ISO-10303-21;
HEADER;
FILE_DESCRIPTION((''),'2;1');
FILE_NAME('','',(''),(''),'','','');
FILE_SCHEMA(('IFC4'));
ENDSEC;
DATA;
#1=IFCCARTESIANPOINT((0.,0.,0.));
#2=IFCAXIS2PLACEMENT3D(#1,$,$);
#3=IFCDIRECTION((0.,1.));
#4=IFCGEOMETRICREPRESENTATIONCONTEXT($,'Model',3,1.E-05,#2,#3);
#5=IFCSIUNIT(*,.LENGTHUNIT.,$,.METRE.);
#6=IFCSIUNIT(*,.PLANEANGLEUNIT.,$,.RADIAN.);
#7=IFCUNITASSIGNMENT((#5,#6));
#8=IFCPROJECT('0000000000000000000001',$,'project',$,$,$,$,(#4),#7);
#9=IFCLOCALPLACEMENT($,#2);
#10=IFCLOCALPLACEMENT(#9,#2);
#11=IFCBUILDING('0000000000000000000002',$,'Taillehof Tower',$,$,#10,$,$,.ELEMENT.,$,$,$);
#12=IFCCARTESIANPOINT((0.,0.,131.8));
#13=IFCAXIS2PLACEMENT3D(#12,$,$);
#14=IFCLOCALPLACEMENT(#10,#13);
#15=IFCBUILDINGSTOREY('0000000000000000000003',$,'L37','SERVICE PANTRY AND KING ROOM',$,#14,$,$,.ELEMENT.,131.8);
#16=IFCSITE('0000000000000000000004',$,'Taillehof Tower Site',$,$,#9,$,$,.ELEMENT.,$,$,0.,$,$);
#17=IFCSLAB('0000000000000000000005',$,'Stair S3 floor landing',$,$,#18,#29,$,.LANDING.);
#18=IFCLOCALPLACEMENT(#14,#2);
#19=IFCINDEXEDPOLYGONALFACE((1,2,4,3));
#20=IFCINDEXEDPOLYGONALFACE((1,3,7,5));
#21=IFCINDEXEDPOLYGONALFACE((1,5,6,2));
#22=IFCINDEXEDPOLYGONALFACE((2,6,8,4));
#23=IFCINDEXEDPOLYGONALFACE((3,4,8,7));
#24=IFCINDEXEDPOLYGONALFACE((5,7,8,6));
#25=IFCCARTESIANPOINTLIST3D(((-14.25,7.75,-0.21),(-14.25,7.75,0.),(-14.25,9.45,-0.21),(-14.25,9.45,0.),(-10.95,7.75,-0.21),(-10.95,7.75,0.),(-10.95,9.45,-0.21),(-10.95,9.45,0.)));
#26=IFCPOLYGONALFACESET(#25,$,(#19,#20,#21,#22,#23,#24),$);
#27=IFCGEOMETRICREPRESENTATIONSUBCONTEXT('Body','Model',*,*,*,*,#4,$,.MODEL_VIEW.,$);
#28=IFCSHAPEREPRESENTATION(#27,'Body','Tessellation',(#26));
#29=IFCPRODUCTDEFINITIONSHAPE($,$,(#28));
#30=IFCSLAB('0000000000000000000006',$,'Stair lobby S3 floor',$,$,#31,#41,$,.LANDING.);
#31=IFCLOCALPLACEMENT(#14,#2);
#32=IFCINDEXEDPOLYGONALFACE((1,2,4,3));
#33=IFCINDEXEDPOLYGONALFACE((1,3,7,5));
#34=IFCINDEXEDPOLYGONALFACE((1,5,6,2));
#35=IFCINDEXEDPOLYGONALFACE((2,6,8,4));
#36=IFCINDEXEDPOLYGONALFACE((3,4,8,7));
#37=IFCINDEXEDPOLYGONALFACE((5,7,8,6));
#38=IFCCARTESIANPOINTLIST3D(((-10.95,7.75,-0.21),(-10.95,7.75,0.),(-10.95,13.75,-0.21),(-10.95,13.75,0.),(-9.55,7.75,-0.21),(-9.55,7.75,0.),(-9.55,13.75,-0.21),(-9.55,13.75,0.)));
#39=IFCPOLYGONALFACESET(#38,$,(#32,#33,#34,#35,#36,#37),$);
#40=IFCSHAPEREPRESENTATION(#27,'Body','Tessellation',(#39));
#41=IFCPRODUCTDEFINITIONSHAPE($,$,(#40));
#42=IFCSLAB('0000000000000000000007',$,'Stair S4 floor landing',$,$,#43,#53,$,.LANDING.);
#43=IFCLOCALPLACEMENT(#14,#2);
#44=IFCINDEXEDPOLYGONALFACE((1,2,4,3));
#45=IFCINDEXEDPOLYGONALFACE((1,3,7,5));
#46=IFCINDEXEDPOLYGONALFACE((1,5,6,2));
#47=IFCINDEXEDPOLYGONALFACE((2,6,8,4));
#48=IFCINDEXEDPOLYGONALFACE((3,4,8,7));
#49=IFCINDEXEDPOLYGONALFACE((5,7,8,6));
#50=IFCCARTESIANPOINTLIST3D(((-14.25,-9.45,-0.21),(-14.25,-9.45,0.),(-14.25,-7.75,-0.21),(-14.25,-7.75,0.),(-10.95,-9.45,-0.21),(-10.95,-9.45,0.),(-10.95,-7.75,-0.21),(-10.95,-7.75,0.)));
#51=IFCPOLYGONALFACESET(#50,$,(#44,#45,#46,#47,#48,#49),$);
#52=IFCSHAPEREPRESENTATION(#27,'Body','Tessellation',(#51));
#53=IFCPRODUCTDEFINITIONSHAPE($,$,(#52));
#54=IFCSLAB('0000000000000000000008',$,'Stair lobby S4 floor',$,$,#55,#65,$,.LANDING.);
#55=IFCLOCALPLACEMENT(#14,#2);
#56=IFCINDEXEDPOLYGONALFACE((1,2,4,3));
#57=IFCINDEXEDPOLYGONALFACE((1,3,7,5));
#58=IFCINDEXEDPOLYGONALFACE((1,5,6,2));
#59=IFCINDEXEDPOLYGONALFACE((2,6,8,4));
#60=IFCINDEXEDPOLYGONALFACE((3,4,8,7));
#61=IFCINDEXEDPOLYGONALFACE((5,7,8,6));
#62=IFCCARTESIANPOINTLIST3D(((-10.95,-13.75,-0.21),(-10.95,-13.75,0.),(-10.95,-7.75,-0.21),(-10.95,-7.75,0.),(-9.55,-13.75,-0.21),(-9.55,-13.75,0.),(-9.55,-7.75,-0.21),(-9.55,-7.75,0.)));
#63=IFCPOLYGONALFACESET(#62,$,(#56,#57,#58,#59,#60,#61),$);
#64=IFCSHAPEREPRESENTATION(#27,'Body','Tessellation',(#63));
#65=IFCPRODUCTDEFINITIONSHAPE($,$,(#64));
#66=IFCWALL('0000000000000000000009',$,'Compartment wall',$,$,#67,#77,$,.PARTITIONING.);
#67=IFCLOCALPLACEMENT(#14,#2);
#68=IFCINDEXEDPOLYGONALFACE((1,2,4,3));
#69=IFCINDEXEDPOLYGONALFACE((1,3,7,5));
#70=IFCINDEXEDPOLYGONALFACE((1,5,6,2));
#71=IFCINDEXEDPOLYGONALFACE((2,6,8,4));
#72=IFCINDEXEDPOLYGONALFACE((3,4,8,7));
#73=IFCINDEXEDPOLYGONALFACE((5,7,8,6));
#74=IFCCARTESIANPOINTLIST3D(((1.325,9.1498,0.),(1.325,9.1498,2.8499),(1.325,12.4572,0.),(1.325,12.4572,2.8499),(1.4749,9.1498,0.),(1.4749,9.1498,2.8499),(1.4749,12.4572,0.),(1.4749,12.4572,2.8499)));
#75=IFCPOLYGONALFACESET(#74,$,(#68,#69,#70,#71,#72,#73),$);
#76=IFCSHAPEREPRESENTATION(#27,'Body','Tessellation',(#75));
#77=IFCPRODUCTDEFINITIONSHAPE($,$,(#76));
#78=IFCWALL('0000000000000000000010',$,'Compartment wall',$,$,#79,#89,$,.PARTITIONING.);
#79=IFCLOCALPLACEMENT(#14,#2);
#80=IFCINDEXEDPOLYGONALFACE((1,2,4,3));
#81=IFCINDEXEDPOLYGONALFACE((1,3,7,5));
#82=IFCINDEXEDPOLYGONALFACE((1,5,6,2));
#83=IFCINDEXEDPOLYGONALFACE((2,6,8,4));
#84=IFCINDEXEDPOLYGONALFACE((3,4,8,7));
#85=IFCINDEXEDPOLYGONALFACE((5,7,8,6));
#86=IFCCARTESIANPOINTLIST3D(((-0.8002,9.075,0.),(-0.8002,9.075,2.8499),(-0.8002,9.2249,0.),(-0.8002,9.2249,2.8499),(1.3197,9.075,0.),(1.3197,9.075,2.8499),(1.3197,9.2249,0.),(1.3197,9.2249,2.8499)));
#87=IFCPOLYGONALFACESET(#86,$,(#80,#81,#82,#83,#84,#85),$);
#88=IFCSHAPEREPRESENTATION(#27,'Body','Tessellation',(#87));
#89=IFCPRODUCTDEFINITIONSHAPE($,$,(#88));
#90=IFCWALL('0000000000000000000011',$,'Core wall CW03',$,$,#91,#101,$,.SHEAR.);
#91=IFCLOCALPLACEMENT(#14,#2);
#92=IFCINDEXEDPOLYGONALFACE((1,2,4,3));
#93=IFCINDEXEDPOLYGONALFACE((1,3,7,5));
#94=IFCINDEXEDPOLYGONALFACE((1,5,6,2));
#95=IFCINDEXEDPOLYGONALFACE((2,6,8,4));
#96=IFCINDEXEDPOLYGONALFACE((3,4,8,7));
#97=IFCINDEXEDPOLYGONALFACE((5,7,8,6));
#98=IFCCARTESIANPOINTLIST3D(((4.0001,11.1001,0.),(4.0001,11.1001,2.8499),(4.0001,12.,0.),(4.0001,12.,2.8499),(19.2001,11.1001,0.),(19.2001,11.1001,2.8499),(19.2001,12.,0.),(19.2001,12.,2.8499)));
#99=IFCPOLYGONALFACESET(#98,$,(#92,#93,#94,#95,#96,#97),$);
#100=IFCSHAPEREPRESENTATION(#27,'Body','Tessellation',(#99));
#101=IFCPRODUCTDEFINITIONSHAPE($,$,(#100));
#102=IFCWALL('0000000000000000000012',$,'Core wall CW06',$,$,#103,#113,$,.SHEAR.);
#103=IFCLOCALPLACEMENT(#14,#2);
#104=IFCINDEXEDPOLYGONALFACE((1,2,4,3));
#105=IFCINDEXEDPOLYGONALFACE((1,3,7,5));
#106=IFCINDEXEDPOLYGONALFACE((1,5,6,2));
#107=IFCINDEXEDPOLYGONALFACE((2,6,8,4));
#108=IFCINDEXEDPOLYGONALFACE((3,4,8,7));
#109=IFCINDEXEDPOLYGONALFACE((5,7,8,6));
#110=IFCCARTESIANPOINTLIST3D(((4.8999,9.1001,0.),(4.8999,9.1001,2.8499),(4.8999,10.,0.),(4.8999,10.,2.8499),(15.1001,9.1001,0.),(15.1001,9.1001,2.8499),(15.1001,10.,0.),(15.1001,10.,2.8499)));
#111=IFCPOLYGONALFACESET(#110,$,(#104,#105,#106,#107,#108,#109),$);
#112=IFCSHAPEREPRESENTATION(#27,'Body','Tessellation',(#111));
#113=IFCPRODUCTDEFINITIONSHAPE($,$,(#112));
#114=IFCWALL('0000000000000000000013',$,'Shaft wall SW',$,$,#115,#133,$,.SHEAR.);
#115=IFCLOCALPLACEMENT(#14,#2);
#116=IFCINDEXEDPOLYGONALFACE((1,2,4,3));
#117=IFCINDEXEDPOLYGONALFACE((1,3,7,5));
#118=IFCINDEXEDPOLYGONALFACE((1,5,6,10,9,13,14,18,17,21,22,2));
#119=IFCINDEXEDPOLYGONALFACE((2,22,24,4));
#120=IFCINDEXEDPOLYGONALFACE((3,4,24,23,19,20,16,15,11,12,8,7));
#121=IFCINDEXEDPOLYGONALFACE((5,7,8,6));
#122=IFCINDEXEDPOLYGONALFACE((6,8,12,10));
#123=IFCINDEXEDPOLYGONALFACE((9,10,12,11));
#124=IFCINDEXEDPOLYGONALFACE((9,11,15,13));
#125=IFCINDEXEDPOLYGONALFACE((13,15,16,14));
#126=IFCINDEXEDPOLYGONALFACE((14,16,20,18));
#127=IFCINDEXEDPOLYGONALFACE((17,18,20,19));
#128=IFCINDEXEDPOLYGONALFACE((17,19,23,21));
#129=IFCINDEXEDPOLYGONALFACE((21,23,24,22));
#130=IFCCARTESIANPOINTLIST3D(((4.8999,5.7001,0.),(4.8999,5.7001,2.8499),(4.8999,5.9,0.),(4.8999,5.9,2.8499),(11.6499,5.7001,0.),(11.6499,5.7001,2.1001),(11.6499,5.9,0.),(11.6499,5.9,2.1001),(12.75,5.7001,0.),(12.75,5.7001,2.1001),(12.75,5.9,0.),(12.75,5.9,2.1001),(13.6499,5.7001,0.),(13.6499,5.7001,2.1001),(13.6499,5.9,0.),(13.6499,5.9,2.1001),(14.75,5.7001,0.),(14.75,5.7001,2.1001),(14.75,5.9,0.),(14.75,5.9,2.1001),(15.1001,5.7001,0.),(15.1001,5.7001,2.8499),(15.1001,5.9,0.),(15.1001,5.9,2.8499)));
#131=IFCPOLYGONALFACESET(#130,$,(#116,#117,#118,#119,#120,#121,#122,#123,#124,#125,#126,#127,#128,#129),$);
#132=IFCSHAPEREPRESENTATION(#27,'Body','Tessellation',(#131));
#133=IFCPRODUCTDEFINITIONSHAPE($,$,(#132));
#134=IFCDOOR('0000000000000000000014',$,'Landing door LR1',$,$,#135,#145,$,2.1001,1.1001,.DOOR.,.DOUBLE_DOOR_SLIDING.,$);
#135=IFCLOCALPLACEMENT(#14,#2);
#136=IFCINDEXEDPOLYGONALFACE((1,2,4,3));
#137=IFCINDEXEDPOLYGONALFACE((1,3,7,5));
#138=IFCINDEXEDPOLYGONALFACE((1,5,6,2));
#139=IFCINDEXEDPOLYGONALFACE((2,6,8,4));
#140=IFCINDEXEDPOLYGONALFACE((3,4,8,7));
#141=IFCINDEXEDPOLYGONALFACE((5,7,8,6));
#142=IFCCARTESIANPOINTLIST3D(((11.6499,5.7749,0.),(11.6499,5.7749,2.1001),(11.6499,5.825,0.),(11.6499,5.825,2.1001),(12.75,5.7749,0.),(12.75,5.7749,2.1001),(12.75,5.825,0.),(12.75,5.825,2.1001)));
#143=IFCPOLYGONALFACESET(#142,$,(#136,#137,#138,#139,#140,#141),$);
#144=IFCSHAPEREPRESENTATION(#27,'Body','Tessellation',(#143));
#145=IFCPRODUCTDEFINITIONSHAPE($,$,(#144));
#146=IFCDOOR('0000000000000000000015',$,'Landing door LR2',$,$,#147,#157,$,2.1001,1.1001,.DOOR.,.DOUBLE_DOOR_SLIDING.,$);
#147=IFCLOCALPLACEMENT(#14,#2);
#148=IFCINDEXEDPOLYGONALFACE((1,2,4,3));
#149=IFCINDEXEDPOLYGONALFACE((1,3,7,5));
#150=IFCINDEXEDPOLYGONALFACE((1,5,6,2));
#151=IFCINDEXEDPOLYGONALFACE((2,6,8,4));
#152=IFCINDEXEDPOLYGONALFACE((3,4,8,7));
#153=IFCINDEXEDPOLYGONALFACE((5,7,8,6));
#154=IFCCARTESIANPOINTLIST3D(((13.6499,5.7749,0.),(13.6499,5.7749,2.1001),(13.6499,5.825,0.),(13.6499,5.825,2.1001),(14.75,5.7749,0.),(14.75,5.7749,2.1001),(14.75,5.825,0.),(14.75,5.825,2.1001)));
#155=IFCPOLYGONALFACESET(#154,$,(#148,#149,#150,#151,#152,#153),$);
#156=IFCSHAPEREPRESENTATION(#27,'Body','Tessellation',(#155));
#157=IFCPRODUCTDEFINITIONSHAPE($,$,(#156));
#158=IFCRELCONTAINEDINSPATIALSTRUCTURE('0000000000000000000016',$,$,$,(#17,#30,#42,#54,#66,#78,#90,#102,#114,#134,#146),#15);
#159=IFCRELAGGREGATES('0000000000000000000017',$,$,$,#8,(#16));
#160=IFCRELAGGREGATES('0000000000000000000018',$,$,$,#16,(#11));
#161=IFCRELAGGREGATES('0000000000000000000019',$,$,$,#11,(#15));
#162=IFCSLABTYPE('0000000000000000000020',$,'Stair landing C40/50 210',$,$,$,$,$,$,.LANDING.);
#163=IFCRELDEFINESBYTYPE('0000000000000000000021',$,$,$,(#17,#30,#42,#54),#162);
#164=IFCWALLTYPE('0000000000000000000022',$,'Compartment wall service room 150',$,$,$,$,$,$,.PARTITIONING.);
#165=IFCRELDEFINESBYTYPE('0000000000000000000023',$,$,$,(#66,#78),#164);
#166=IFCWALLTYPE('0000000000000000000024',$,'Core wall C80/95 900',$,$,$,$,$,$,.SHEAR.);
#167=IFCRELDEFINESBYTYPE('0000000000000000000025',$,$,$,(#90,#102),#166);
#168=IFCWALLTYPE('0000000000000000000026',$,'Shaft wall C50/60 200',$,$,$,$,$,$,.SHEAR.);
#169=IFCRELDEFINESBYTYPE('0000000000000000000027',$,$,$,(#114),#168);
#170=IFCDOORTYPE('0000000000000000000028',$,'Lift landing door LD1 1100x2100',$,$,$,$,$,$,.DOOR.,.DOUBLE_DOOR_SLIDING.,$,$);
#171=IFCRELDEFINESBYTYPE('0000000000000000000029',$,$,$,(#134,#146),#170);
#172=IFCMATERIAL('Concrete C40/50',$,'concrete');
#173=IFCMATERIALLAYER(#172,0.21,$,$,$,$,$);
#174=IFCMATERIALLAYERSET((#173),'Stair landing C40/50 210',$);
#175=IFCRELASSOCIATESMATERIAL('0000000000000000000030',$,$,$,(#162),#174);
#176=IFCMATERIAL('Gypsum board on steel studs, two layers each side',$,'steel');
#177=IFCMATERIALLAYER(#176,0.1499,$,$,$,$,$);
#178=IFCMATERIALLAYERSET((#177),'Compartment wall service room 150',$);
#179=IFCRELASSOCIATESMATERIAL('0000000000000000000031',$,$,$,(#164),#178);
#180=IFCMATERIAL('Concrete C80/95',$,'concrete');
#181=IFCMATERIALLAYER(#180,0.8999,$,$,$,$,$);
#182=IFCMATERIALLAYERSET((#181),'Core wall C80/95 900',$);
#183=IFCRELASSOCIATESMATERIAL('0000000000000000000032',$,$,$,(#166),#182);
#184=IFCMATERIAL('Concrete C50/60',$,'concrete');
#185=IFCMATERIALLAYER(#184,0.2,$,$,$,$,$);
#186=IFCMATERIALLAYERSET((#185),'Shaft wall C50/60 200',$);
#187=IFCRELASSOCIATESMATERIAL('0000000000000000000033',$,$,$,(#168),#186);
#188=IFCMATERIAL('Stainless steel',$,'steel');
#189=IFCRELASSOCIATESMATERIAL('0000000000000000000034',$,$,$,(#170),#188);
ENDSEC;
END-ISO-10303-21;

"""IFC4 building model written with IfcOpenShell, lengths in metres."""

from ifc_helpers import new_model, si_unit, direction, frame, frame_2d, origin, place, context, subcontext, project, spatial, polyline, rectangle, outline, extrude, material, layer, layer_set, type_object, element, fill, save


model = new_model("IFC4")

# Units and contexts
model_context = context("Model", 3, precision=1e-05, world=origin(), true_north=direction((0.0, 1.0)))
body_context = subcontext(model_context, "Body", "Model", "MODEL_VIEW")
ifc_project = project(units=[si_unit("LENGTHUNIT", "METRE"), si_unit("PLANEANGLEUNIT", "RADIAN")], contexts=[model_context])

# Site, building, storey
site_placement = place(None, origin())
site = spatial("IfcSite", under=ifc_project, at=site_placement, Name="Taillehof Tower Site", CompositionType="ELEMENT", RefElevation=0.0)
building_placement = place(site_placement, origin())
building = spatial("IfcBuilding", under=site, at=building_placement, Name="Taillehof Tower", CompositionType="ELEMENT")
storey_placement = place(building_placement, frame((0.0, 0.0, 131.8)))
storey = spatial("IfcBuildingStorey", under=building, at=storey_placement, Name="L37", Description="SERVICE PANTRY AND KING ROOM", CompositionType="ELEMENT", Elevation=131.8)

# Shared definitions
ifc_material_1 = material(Name="Concrete C40/50", Category="concrete")
ifc_layer_1 = layer(ifc_material_1, 0.21)
ifc_layer_set_1 = layer_set([ifc_layer_1], Name="Stair landing C40/50 210")
slab_type_1 = type_object("IfcSlabType", Name="Stair landing C40/50 210", PredefinedType="LANDING", material=ifc_layer_set_1)

# Slabs
slab_1_placement = place(storey_placement, frame((0.0, 0.0, -0.21)))
element("IfcSlab", 1, at=slab_1_placement, inside=storey, type_object=slab_type_1, Name="Stair S3 floor landing", PredefinedType="LANDING", context=body_context, shape_type="SweptSolid", body=[
    extrude(outline(polyline([(-14.25, 7.75), (-14.25, 9.45), (-10.95, 9.45), (-10.95, 7.75), (-14.25, 7.75)])), origin(), (0.0, 0.0, 1.0), 0.21),
])
slab_2_placement = place(storey_placement, frame((0.0, 0.0, -0.21)))
element("IfcSlab", 2, at=slab_2_placement, inside=storey, type_object=slab_type_1, Name="Stair lobby S3 floor", PredefinedType="LANDING", context=body_context, shape_type="SweptSolid", body=[
    extrude(outline(polyline([(-10.95, 7.75), (-9.55, 7.75), (-9.55, 13.75), (-10.95, 13.75), (-10.95, 7.75)])), origin(), (0.0, 0.0, 1.0), 0.21),
])
slab_3_placement = place(storey_placement, frame((0.0, 0.0, -0.21)))
element("IfcSlab", 3, at=slab_3_placement, inside=storey, type_object=slab_type_1, Name="Stair S4 floor landing", PredefinedType="LANDING", context=body_context, shape_type="SweptSolid", body=[
    extrude(outline(polyline([(-14.25, -7.75), (-14.25, -9.45), (-10.95, -9.45), (-10.95, -7.75), (-14.25, -7.75)])), origin(), (0.0, 0.0, 1.0), 0.21),
])
slab_4_placement = place(storey_placement, frame((0.0, 0.0, -0.21)))
element("IfcSlab", 4, at=slab_4_placement, inside=storey, type_object=slab_type_1, Name="Stair lobby S4 floor", PredefinedType="LANDING", context=body_context, shape_type="SweptSolid", body=[
    extrude(outline(polyline([(-10.95, -13.75), (-9.55, -13.75), (-9.55, -7.75), (-10.95, -7.75), (-10.95, -13.75)])), origin(), (0.0, 0.0, 1.0), 0.21),
])

# Walls
ifc_material_2 = material(Name="Gypsum board on steel studs, two layers each side", Category="steel")
ifc_layer_2 = layer(ifc_material_2, 0.1499)
ifc_layer_set_2 = layer_set([ifc_layer_2], Name="Compartment wall service room 150")
wall_type_1 = type_object("IfcWallType", Name="Compartment wall service room 150", PredefinedType="PARTITIONING", material=ifc_layer_set_2)
wall_1_placement = place(storey_placement, frame((1.3999, 12.4573, 0.0), z_axis=(0.0, 0.0, 1.0), x_axis=(0.0, -1.0, 0.0)))
element("IfcWall", 5, at=wall_1_placement, inside=storey, type_object=wall_type_1, Name="Compartment wall", PredefinedType="PARTITIONING", context=body_context, shape_type="SweptSolid", body=[
    extrude(rectangle(XDim=3.3074, YDim=0.1499, at=frame_2d((1.6538, 0.0))), origin(), (0.0, 0.0, 1.0), 2.8499),
])
wall_2_placement = place(storey_placement, frame((1.3198, 9.1499, 0.0), z_axis=(0.0, 0.0, 1.0), x_axis=(-1.0, 0.0, 0.0)))
element("IfcWall", 6, at=wall_2_placement, inside=storey, type_object=wall_type_1, Name="Compartment wall", PredefinedType="PARTITIONING", context=body_context, shape_type="SweptSolid", body=[
    extrude(rectangle(XDim=2.1199, YDim=0.1499, at=frame_2d((1.0601, 0.0))), origin(), (0.0, 0.0, 1.0), 2.8499),
])
ifc_material_3 = material(Name="Concrete C80/95", Category="concrete")
ifc_layer_3 = layer(ifc_material_3, 0.8999)
ifc_layer_set_3 = layer_set([ifc_layer_3], Name="Core wall C80/95 900")
wall_type_2 = type_object("IfcWallType", Name="Core wall C80/95 900", PredefinedType="SHEAR", material=ifc_layer_set_3)
wall_3_placement = place(storey_placement, frame((4.0, 11.55, 0.0), z_axis=(0.0, 0.0, 1.0), x_axis=(1.0, 0.0, 0.0)))
element("IfcWall", 7, at=wall_3_placement, inside=storey, type_object=wall_type_2, Name="Core wall CW03", PredefinedType="SHEAR", context=body_context, shape_type="SweptSolid", body=[
    extrude(rectangle(XDim=15.2, YDim=0.8999, at=frame_2d((7.6001, 0.0))), origin(), (0.0, 0.0, 1.0), 2.8499),
])
wall_4_placement = place(storey_placement, frame((4.8999, 9.55, 0.0), z_axis=(0.0, 0.0, 1.0), x_axis=(1.0, 0.0, 0.0)))
element("IfcWall", 8, at=wall_4_placement, inside=storey, type_object=wall_type_2, Name="Core wall CW06", PredefinedType="SHEAR", context=body_context, shape_type="SweptSolid", body=[
    extrude(rectangle(XDim=10.2002, YDim=0.8999, at=frame_2d((5.1001, 0.0))), origin(), (0.0, 0.0, 1.0), 2.8499),
])

# Wall, openings, doors
ifc_material_4 = material(Name="Concrete C50/60", Category="concrete")
ifc_layer_4 = layer(ifc_material_4, 0.2)
ifc_layer_set_4 = layer_set([ifc_layer_4], Name="Shaft wall C50/60 200")
wall_type_3 = type_object("IfcWallType", Name="Shaft wall C50/60 200", PredefinedType="SHEAR", material=ifc_layer_set_4)
wall_5_placement = place(storey_placement, frame((4.8999, 5.8, 0.0), z_axis=(0.0, 0.0, 1.0), x_axis=(1.0, 0.0, 0.0)))
wall_5 = element("IfcWall", 9, at=wall_5_placement, inside=storey, type_object=wall_type_3, Name="Shaft wall SW", PredefinedType="SHEAR", context=body_context, shape_type="SweptSolid", body=[
    extrude(rectangle(XDim=10.2002, YDim=0.2, at=frame_2d((5.1001, 0.0))), origin(), (0.0, 0.0, 1.0), 2.8499),
])
opening_1_placement = place(wall_5_placement, frame((6.75, 0.0, 0.0)))
opening_1 = element("IfcOpeningElement", 10, at=opening_1_placement, cuts=wall_5, PredefinedType="OPENING", context=body_context, shape_type="SweptSolid", body=[
    extrude(rectangle(XDim=1.1001, YDim=2.1001, at=frame_2d((0.55, 1.05))), frame((0.0, 0.1099, 0.0), z_axis=(0.0, -1.0, 0.0), x_axis=(1.0, 0.0, 0.0)), (0.0, 0.0, 1.0), 0.22),
])
opening_2_placement = place(wall_5_placement, frame((8.75, 0.0, 0.0)))
opening_2 = element("IfcOpeningElement", 11, at=opening_2_placement, cuts=wall_5, PredefinedType="OPENING", context=body_context, shape_type="SweptSolid", body=[
    extrude(rectangle(XDim=1.1001, YDim=2.1001, at=frame_2d((0.55, 1.05))), frame((0.0, 0.1099, 0.0), z_axis=(0.0, -1.0, 0.0), x_axis=(1.0, 0.0, 0.0)), (0.0, 0.0, 1.0), 0.22),
])
ifc_material_5 = material(Name="Stainless steel", Category="steel")
door_type_1 = type_object("IfcDoorType", Name="Lift landing door LD1 1100x2100", OperationType="DOUBLE_DOOR_SLIDING", PredefinedType="DOOR", material=ifc_material_5)
door_1_placement = place(opening_1_placement, origin())
door_1 = element("IfcDoor", 12, at=door_1_placement, inside=storey, type_object=door_type_1, Name="Landing door LR1", OperationType="DOUBLE_DOOR_SLIDING", OverallHeight=2.1001, OverallWidth=1.1001, PredefinedType="DOOR", context=body_context, shape_type="SweptSolid", body=[
    extrude(rectangle(XDim=1.1001, YDim=2.1001, at=frame_2d((0.55, 1.05))), frame((0.0, 0.0249, 0.0), z_axis=(0.0, -1.0, 0.0), x_axis=(1.0, 0.0, 0.0)), (0.0, 0.0, 1.0), 0.05),
])
fill(opening_1, door_1)
door_2_placement = place(opening_2_placement, origin())
door_2 = element("IfcDoor", 13, at=door_2_placement, inside=storey, type_object=door_type_1, Name="Landing door LR2", OperationType="DOUBLE_DOOR_SLIDING", OverallHeight=2.1001, OverallWidth=1.1001, PredefinedType="DOOR", context=body_context, shape_type="SweptSolid", body=[
    extrude(rectangle(XDim=1.1001, YDim=2.1001, at=frame_2d((0.55, 1.05))), frame((0.0, 0.0249, 0.0), z_axis=(0.0, -1.0, 0.0), x_axis=(1.0, 0.0, 0.0)), (0.0, 0.0, 1.0), 0.05),
])
fill(opening_2, door_2)

save(model, "model.ifc")
